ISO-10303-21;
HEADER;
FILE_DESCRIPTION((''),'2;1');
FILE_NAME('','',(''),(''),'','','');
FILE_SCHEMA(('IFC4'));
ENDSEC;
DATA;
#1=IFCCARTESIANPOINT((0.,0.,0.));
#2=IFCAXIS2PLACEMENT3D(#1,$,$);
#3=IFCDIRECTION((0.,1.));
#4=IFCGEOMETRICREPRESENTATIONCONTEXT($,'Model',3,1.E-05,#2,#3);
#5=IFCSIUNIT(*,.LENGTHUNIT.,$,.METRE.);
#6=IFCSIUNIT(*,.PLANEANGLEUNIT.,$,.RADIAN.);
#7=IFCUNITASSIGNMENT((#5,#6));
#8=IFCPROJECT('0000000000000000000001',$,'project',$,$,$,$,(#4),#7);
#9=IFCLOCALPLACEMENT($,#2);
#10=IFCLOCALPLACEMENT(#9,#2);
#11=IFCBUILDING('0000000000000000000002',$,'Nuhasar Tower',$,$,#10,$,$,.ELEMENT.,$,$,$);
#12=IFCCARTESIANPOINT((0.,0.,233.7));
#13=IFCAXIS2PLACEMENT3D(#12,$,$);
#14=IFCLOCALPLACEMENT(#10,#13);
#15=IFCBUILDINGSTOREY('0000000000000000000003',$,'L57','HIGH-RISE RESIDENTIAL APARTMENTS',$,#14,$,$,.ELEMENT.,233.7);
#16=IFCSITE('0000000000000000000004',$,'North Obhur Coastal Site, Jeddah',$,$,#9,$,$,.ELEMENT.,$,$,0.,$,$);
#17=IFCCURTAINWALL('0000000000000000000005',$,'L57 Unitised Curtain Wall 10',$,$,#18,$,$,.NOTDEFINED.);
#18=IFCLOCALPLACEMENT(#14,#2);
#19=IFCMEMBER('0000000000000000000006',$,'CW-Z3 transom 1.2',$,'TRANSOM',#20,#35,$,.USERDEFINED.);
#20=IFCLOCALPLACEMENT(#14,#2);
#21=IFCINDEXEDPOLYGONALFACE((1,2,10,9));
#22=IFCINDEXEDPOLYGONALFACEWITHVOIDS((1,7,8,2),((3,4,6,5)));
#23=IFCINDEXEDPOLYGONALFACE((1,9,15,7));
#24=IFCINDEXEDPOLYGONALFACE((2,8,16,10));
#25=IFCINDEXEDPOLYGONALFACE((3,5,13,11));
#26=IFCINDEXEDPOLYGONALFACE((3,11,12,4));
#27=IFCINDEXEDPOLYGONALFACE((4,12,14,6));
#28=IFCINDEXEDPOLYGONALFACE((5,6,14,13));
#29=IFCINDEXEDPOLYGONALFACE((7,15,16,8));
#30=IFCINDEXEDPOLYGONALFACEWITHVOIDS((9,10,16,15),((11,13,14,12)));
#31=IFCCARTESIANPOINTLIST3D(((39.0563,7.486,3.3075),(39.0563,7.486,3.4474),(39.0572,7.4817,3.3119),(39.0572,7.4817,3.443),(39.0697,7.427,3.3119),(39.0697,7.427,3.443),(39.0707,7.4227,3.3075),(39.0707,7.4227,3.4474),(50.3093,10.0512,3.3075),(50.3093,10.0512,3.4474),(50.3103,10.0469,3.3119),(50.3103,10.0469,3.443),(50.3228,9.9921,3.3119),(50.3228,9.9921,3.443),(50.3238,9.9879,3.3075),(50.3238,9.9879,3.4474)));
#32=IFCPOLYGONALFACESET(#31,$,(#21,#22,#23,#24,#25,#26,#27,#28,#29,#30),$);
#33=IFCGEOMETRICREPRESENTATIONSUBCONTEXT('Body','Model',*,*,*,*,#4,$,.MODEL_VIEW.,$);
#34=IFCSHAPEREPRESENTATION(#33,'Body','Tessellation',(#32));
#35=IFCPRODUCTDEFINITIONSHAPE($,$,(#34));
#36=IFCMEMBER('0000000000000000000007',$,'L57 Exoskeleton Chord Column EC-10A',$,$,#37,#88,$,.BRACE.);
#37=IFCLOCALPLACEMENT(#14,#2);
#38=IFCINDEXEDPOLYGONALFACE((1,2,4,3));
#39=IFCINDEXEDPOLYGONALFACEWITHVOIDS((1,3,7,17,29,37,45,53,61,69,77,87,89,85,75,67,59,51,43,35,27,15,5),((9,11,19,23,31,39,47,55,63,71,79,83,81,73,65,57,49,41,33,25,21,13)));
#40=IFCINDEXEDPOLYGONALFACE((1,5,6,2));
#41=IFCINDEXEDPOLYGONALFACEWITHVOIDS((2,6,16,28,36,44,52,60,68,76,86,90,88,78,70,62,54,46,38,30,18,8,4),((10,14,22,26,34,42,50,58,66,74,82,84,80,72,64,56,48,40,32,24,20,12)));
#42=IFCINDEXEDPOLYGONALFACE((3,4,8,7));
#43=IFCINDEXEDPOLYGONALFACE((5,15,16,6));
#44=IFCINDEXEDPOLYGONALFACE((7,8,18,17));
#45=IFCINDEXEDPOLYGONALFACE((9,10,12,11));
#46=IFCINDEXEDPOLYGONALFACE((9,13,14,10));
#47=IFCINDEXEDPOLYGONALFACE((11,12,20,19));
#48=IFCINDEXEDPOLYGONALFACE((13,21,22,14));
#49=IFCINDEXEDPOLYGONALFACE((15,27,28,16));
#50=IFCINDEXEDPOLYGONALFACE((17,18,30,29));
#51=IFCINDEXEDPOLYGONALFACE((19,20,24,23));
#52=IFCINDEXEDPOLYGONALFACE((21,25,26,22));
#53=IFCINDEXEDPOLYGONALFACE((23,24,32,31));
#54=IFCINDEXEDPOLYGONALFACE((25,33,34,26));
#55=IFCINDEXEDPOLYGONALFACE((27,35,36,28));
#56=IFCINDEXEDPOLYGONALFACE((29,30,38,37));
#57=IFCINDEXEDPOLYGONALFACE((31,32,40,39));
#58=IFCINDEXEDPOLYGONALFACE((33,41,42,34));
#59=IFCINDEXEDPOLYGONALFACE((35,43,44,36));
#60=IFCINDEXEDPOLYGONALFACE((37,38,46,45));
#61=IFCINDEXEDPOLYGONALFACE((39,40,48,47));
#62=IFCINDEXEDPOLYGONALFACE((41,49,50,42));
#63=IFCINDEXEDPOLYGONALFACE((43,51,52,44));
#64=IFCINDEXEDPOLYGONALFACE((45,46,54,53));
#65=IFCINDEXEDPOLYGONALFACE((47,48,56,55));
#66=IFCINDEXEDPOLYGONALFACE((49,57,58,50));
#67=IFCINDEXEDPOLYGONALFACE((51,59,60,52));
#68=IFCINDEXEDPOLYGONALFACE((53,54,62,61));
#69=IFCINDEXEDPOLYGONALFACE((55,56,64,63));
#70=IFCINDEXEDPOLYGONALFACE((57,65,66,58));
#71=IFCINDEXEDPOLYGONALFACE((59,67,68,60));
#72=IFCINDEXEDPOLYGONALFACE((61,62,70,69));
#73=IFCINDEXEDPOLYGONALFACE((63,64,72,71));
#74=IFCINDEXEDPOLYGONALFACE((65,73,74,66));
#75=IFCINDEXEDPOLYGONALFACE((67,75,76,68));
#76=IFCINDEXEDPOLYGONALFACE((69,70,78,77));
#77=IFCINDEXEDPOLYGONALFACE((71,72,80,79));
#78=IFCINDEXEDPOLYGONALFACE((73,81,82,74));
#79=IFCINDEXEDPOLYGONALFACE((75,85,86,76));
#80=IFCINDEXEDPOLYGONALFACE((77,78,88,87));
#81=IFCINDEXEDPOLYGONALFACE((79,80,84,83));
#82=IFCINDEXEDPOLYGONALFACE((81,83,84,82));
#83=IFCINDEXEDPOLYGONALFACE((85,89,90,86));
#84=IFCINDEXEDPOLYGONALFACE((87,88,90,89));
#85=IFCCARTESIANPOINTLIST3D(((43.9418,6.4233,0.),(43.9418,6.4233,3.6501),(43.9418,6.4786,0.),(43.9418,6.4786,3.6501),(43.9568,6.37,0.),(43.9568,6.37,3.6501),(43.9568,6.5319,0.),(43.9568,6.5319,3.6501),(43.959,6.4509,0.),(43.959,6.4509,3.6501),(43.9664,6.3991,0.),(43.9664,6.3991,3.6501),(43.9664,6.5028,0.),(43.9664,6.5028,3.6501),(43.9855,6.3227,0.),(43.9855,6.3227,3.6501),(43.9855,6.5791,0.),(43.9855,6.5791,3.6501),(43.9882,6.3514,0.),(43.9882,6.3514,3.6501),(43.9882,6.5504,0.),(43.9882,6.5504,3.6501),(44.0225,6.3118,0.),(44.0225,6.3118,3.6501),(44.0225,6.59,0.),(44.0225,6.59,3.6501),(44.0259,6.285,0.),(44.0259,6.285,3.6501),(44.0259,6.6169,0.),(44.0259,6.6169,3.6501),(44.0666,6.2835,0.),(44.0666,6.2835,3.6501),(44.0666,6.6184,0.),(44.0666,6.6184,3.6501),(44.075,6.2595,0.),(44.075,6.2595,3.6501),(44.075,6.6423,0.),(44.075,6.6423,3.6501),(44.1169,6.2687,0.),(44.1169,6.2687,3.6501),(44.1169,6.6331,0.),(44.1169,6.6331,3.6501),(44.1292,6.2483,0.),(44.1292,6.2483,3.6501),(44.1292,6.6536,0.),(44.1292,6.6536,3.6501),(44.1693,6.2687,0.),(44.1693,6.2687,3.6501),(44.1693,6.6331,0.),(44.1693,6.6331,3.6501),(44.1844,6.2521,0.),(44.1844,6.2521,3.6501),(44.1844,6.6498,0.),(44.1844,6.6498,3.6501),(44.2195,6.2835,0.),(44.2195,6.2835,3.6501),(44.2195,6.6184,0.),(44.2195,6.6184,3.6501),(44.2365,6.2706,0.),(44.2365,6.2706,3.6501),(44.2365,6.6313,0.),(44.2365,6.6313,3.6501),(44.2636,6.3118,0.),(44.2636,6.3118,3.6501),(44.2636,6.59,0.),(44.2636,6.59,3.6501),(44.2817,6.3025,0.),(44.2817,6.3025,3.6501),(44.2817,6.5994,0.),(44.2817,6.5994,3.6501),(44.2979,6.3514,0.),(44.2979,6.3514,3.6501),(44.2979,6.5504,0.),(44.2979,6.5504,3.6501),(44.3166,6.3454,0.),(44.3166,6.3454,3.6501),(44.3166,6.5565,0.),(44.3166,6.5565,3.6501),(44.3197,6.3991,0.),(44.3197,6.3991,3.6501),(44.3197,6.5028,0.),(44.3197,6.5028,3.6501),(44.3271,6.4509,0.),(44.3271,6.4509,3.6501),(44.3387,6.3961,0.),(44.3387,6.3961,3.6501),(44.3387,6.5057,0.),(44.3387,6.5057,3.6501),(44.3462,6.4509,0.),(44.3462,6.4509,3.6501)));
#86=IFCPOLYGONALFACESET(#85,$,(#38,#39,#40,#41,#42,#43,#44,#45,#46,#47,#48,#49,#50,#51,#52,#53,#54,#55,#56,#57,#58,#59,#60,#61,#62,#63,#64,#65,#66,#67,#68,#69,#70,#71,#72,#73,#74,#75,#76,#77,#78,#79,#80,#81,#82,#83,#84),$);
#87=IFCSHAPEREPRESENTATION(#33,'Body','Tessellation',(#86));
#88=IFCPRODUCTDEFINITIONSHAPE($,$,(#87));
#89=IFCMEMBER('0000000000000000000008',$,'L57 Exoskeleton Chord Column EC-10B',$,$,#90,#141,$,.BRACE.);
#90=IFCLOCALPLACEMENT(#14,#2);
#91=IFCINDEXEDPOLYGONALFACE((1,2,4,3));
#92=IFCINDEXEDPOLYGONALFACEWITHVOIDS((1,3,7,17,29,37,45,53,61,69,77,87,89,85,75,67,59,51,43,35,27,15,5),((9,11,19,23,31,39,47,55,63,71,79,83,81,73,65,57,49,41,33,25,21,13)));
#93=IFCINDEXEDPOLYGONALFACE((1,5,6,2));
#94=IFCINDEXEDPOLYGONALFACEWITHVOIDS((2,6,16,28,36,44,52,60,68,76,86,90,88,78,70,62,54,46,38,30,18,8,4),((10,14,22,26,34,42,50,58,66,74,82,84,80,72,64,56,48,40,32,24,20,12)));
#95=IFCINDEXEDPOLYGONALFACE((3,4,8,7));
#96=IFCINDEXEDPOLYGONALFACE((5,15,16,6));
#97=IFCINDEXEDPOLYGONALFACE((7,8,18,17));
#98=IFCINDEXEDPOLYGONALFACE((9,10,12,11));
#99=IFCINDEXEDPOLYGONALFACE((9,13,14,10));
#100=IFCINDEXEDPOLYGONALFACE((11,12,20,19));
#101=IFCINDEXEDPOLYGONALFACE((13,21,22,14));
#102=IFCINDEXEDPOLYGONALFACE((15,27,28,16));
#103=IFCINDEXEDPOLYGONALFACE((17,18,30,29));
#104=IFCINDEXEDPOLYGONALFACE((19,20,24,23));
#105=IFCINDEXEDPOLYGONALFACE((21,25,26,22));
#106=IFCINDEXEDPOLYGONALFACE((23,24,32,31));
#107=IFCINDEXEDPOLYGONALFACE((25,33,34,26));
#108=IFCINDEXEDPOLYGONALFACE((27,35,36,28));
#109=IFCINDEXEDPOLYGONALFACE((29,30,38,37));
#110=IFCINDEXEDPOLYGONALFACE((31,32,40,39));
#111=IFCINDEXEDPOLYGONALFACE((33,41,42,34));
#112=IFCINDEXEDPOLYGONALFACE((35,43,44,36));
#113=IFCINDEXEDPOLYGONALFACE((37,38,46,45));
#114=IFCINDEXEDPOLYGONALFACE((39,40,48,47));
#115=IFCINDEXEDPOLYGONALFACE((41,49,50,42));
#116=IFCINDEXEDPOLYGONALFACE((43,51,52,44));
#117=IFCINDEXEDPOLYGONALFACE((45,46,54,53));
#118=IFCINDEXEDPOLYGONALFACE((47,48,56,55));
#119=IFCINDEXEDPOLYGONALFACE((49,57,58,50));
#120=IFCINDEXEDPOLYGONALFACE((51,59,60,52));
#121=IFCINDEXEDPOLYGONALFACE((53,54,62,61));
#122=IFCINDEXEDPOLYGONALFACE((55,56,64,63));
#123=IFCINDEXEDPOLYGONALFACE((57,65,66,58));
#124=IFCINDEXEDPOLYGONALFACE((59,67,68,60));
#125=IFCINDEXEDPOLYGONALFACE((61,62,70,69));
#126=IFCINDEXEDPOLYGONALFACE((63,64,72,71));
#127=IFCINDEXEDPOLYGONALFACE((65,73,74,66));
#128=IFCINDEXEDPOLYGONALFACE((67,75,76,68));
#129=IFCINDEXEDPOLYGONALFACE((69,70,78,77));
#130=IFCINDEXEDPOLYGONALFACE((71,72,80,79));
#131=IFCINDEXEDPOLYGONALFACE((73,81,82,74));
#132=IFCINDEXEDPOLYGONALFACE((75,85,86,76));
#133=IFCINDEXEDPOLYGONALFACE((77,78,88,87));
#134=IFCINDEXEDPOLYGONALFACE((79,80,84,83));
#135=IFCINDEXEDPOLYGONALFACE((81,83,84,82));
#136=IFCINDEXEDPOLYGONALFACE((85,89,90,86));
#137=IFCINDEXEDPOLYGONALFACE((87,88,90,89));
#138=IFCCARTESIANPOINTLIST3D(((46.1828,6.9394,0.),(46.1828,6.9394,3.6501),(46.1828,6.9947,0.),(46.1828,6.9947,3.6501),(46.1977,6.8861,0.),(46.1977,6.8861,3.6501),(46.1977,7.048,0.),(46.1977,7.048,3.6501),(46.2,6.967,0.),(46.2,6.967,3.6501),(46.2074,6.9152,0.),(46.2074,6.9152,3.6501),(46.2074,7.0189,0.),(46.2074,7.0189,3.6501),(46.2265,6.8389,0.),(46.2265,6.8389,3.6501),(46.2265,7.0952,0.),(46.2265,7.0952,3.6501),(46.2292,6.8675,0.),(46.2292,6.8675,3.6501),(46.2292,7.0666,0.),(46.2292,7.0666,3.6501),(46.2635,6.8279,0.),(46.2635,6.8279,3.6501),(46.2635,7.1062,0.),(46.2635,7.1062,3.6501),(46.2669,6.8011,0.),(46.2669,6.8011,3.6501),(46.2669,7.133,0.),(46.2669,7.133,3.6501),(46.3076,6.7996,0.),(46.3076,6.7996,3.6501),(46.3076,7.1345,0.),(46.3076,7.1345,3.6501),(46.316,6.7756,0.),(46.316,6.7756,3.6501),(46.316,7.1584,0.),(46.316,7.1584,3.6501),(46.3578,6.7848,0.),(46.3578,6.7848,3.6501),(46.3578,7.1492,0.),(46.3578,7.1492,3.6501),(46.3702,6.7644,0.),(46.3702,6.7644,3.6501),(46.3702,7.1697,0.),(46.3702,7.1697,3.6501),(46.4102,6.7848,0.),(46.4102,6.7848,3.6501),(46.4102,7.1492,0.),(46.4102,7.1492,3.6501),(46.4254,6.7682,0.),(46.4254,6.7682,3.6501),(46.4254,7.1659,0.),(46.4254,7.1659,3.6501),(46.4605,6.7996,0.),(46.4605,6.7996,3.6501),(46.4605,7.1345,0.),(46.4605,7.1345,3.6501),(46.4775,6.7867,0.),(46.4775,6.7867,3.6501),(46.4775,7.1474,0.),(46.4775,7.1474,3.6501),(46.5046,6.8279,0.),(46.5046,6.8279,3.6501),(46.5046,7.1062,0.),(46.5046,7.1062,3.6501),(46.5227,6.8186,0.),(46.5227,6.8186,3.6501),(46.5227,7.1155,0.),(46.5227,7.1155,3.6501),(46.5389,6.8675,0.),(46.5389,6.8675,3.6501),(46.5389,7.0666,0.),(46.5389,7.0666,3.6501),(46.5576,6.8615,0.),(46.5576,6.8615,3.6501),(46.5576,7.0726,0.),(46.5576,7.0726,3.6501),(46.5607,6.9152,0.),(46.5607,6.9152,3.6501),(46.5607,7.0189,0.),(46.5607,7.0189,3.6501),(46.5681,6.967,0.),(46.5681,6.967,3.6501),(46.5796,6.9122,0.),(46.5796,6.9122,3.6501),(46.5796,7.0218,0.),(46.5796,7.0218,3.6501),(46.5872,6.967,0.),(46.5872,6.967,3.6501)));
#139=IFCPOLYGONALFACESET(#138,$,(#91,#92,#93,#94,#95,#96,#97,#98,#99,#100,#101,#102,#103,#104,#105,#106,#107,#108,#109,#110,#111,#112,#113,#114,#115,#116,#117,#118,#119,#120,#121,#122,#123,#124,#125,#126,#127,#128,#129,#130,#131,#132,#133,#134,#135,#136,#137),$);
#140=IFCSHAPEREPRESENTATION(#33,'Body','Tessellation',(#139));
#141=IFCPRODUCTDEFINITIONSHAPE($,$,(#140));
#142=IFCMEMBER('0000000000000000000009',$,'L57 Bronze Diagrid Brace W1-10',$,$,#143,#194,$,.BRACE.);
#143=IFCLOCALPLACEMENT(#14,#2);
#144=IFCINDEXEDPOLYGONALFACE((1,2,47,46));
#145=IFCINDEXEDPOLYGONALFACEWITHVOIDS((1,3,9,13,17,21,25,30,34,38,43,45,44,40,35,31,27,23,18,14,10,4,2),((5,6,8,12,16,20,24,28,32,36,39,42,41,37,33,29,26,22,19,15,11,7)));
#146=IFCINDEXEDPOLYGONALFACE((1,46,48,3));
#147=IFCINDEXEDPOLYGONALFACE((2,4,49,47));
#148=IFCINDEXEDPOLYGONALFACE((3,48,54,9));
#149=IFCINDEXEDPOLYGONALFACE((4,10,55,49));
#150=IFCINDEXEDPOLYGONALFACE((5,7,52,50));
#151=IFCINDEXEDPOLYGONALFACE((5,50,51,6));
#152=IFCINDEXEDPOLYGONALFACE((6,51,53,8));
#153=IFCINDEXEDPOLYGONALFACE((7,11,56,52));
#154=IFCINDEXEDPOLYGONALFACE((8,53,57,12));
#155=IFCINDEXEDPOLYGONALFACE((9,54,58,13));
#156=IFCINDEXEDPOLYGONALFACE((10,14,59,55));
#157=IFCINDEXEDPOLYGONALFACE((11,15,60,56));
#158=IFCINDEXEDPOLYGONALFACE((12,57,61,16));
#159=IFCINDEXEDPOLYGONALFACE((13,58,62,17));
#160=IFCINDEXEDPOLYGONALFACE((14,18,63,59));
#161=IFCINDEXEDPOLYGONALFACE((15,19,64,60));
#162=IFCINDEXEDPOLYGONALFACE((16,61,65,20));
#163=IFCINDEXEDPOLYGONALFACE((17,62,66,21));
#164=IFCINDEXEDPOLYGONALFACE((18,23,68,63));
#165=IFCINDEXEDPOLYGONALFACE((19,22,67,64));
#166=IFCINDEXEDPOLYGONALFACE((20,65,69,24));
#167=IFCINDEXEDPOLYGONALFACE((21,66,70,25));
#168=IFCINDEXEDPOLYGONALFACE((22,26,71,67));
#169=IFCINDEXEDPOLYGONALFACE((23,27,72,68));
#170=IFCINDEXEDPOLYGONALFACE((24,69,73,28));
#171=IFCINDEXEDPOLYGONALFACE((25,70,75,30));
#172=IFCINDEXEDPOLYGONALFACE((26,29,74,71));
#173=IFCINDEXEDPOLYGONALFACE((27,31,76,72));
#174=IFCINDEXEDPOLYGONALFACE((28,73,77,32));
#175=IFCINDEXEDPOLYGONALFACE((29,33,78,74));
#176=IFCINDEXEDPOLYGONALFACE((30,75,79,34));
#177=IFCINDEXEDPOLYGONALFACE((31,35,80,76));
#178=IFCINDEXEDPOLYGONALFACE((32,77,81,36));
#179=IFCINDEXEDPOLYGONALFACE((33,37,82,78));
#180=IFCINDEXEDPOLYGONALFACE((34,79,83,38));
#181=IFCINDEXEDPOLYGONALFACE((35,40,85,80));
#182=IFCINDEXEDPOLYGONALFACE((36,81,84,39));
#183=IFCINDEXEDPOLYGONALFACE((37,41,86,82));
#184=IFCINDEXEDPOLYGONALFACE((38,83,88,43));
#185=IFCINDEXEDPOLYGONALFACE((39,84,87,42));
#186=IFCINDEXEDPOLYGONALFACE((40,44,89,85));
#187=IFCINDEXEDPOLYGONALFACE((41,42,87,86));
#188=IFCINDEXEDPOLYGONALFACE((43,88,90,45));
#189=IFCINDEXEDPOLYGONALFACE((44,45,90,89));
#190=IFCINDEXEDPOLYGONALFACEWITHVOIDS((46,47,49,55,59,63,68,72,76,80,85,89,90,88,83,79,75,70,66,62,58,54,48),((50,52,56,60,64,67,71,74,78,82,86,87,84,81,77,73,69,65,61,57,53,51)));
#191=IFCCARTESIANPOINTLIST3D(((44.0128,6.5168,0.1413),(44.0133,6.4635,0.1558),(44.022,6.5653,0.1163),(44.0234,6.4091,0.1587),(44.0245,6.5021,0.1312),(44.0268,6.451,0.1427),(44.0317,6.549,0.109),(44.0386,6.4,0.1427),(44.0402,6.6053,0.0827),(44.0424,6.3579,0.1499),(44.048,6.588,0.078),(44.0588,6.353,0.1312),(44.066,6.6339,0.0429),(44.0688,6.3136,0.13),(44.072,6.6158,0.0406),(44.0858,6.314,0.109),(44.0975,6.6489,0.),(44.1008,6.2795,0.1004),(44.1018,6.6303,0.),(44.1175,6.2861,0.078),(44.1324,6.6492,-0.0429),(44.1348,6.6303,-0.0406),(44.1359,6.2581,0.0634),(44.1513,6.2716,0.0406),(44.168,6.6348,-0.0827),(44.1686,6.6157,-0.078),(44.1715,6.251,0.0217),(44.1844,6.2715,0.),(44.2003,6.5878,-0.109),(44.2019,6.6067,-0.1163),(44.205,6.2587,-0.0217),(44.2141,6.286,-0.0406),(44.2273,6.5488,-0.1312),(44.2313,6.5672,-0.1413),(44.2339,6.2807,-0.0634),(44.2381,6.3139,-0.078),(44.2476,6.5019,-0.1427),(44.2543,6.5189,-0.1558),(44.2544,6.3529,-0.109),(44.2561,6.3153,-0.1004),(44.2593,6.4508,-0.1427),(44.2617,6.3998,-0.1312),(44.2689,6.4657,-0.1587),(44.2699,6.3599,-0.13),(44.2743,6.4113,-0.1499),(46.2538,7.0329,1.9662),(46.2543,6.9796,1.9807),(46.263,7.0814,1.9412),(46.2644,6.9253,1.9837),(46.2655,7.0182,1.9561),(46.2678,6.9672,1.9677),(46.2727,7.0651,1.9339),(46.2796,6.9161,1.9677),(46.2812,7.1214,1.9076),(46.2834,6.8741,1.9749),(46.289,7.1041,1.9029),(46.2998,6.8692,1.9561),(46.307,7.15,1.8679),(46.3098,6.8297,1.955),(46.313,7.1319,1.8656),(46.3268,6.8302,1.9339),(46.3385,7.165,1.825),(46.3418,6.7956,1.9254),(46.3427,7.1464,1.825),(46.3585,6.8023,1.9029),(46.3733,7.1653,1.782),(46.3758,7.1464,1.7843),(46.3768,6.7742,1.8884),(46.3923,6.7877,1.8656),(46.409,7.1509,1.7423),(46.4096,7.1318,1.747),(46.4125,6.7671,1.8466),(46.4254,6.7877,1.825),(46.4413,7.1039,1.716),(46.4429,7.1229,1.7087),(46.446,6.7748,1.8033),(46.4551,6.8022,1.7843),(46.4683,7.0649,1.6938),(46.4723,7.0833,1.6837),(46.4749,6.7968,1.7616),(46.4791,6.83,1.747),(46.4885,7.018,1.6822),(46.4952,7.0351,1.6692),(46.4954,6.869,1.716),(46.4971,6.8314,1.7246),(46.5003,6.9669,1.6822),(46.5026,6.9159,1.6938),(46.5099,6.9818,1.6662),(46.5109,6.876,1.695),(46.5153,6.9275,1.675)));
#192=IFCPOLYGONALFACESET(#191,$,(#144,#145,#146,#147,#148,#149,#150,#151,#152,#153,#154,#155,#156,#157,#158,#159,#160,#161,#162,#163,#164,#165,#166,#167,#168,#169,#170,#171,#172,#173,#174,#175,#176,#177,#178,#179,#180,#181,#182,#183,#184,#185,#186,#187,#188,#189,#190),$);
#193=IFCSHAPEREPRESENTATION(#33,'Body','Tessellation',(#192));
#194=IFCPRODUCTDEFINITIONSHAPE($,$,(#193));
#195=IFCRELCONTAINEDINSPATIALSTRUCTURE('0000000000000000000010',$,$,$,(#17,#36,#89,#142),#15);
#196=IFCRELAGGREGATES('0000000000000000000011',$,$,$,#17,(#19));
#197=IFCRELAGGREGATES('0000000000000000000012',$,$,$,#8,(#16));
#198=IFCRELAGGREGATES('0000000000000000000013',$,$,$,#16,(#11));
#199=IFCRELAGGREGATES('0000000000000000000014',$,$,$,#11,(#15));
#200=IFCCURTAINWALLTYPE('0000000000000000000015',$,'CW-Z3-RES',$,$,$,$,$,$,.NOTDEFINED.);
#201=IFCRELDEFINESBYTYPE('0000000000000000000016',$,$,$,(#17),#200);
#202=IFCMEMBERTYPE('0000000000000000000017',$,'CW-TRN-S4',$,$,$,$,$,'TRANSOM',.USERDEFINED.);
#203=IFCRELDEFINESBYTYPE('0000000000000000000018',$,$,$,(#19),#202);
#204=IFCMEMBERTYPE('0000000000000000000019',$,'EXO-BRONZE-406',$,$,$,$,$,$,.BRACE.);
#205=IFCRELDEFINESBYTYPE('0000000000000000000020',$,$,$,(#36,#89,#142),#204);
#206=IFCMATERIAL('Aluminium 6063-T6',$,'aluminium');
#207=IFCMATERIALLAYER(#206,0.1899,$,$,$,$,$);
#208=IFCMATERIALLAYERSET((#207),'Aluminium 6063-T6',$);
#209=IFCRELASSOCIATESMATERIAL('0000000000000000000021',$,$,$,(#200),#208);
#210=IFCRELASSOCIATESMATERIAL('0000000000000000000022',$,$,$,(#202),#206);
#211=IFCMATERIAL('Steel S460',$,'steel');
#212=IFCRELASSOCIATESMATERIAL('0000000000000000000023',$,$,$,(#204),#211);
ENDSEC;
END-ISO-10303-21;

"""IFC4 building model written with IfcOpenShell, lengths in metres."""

from ifc_helpers import new_model, si_unit, direction, frame, origin, origin_2d, place, context, subcontext, project, spatial, hollow_rectangle, hollow_circle, extrude, material, layer, layer_set, material_profile, profile_set, type_object, element, aggregate, save


model = new_model("IFC4")

# Units and contexts
model_context = context("Model", 3, precision=1e-05, world=origin(), true_north=direction((0.0, 1.0)))
body_context = subcontext(model_context, "Body", "Model", "MODEL_VIEW")
ifc_project = project(units=[si_unit("LENGTHUNIT", "METRE"), si_unit("PLANEANGLEUNIT", "RADIAN")], contexts=[model_context])

# Site, building, storey
site_placement = place(None, origin())
site = spatial("IfcSite", under=ifc_project, at=site_placement, Name="North Obhur Coastal Site, Jeddah", CompositionType="ELEMENT", RefElevation=0.0)
building_placement = place(site_placement, origin())
building = spatial("IfcBuilding", under=site, at=building_placement, Name="Nuhasar Tower", CompositionType="ELEMENT")
storey_placement = place(building_placement, frame((0.0, 0.0, 233.7)))
storey = spatial("IfcBuildingStorey", under=building, at=storey_placement, Name="L57", Description="HIGH-RISE RESIDENTIAL APARTMENTS", CompositionType="ELEMENT", Elevation=233.7)

# Curtain wall, member
ifc_material_1 = material(Name="Aluminium 6063-T6", Category="aluminium")
ifc_layer_1 = layer(ifc_material_1, 0.1899)
ifc_layer_set_1 = layer_set([ifc_layer_1], Name="Aluminium 6063-T6")
curtain_wall_type = type_object("IfcCurtainWallType", Name="CW-Z3-RES", PredefinedType="NOTDEFINED", material=ifc_layer_set_1)
curtain_wall_placement = place(storey_placement, origin())
curtain_wall = element("IfcCurtainWall", 1, at=curtain_wall_placement, inside=storey, type_object=curtain_wall_type, Name="L57 Unitised Curtain Wall 10", PredefinedType="NOTDEFINED")
ifc_material_profile_1 = material_profile(ifc_material_1, hollow_rectangle(XDim=0.0649, YDim=0.1399, WallThickness=0.0044, at=origin_2d()), Name="CWT-4")
ifc_profile_set_1 = profile_set([ifc_material_profile_1], Name="Aluminium 6063-T6")
member_type_1 = type_object("IfcMemberType", Name="CW-TRN-S4", ElementType="TRANSOM", PredefinedType="USERDEFINED", material=ifc_profile_set_1)
member_1_placement = place(storey_placement, frame((39.0635, 7.4543, 3.3774), z_axis=(0.974989, 0.222251, 0.0), x_axis=(-0.222251, 0.974989, 0.0)))
member_1 = element("IfcMember", 2, at=member_1_placement, type_object=member_type_1, Name="CW-Z3 transom 1.2", ObjectType="TRANSOM", PredefinedType="USERDEFINED", context=body_context, shape_type="SweptSolid", body=[
    extrude(hollow_rectangle(XDim=0.0649, YDim=0.1399, WallThickness=0.0044, at=origin_2d()), origin(), (0.0, 0.0, 1.0), 11.5417),
])

# Members
ifc_material_2 = material(Name="Steel S460", Category="steel")
ifc_material_profile_2 = material_profile(ifc_material_2, hollow_circle(Radius=0.2031, WallThickness=0.019, at=origin_2d()), Name="HSS406.4X19.1")
ifc_profile_set_2 = profile_set([ifc_material_profile_2], Name="Steel S460")
member_type_2 = type_object("IfcMemberType", Name="EXO-BRONZE-406", PredefinedType="BRACE", material=ifc_profile_set_2)
for number, where, z_axis, x_axis, name in (
    (3, (44.1431, 6.4509, 0.0), (0.0, 0.0, 1.0), (1.0, 0.0, 0.0), "L57 Exoskeleton Chord Column EC-10A"),
    (4, (46.384, 6.967, 0.0), (0.0, 0.0, 1.0), (1.0, 0.0, 0.0), "L57 Exoskeleton Chord Column EC-10B"),
):
    element("IfcMember", number, at=place(storey_placement, frame(where, z_axis=z_axis, x_axis=x_axis)), inside=storey, type_object=member_type_2, Name=name, PredefinedType="BRACE", context=body_context, shape_type="SweptSolid", body=[
        extrude(hollow_circle(Radius=0.2031, WallThickness=0.019, at=origin_2d()), origin(), (0.0, 0.0, 1.0), 3.6501),
    ])
member_2_placement = place(storey_placement, frame((44.1431, 6.4509, 0.0), z_axis=(0.763332, 0.175802, 0.621626), x_axis=(-0.224433, 0.97449, 0.0)))
element("IfcMember", 5, at=member_2_placement, inside=storey, type_object=member_type_2, Name="L57 Bronze Diagrid Brace W1-10", PredefinedType="BRACE", context=body_context, shape_type="SweptSolid", body=[
    extrude(hollow_circle(Radius=0.2031, WallThickness=0.019, at=origin_2d()), origin(), (0.0, 0.0, 1.0), 2.9358),
])

aggregate(curtain_wall, [member_1])

save(model, "model.ifc")
